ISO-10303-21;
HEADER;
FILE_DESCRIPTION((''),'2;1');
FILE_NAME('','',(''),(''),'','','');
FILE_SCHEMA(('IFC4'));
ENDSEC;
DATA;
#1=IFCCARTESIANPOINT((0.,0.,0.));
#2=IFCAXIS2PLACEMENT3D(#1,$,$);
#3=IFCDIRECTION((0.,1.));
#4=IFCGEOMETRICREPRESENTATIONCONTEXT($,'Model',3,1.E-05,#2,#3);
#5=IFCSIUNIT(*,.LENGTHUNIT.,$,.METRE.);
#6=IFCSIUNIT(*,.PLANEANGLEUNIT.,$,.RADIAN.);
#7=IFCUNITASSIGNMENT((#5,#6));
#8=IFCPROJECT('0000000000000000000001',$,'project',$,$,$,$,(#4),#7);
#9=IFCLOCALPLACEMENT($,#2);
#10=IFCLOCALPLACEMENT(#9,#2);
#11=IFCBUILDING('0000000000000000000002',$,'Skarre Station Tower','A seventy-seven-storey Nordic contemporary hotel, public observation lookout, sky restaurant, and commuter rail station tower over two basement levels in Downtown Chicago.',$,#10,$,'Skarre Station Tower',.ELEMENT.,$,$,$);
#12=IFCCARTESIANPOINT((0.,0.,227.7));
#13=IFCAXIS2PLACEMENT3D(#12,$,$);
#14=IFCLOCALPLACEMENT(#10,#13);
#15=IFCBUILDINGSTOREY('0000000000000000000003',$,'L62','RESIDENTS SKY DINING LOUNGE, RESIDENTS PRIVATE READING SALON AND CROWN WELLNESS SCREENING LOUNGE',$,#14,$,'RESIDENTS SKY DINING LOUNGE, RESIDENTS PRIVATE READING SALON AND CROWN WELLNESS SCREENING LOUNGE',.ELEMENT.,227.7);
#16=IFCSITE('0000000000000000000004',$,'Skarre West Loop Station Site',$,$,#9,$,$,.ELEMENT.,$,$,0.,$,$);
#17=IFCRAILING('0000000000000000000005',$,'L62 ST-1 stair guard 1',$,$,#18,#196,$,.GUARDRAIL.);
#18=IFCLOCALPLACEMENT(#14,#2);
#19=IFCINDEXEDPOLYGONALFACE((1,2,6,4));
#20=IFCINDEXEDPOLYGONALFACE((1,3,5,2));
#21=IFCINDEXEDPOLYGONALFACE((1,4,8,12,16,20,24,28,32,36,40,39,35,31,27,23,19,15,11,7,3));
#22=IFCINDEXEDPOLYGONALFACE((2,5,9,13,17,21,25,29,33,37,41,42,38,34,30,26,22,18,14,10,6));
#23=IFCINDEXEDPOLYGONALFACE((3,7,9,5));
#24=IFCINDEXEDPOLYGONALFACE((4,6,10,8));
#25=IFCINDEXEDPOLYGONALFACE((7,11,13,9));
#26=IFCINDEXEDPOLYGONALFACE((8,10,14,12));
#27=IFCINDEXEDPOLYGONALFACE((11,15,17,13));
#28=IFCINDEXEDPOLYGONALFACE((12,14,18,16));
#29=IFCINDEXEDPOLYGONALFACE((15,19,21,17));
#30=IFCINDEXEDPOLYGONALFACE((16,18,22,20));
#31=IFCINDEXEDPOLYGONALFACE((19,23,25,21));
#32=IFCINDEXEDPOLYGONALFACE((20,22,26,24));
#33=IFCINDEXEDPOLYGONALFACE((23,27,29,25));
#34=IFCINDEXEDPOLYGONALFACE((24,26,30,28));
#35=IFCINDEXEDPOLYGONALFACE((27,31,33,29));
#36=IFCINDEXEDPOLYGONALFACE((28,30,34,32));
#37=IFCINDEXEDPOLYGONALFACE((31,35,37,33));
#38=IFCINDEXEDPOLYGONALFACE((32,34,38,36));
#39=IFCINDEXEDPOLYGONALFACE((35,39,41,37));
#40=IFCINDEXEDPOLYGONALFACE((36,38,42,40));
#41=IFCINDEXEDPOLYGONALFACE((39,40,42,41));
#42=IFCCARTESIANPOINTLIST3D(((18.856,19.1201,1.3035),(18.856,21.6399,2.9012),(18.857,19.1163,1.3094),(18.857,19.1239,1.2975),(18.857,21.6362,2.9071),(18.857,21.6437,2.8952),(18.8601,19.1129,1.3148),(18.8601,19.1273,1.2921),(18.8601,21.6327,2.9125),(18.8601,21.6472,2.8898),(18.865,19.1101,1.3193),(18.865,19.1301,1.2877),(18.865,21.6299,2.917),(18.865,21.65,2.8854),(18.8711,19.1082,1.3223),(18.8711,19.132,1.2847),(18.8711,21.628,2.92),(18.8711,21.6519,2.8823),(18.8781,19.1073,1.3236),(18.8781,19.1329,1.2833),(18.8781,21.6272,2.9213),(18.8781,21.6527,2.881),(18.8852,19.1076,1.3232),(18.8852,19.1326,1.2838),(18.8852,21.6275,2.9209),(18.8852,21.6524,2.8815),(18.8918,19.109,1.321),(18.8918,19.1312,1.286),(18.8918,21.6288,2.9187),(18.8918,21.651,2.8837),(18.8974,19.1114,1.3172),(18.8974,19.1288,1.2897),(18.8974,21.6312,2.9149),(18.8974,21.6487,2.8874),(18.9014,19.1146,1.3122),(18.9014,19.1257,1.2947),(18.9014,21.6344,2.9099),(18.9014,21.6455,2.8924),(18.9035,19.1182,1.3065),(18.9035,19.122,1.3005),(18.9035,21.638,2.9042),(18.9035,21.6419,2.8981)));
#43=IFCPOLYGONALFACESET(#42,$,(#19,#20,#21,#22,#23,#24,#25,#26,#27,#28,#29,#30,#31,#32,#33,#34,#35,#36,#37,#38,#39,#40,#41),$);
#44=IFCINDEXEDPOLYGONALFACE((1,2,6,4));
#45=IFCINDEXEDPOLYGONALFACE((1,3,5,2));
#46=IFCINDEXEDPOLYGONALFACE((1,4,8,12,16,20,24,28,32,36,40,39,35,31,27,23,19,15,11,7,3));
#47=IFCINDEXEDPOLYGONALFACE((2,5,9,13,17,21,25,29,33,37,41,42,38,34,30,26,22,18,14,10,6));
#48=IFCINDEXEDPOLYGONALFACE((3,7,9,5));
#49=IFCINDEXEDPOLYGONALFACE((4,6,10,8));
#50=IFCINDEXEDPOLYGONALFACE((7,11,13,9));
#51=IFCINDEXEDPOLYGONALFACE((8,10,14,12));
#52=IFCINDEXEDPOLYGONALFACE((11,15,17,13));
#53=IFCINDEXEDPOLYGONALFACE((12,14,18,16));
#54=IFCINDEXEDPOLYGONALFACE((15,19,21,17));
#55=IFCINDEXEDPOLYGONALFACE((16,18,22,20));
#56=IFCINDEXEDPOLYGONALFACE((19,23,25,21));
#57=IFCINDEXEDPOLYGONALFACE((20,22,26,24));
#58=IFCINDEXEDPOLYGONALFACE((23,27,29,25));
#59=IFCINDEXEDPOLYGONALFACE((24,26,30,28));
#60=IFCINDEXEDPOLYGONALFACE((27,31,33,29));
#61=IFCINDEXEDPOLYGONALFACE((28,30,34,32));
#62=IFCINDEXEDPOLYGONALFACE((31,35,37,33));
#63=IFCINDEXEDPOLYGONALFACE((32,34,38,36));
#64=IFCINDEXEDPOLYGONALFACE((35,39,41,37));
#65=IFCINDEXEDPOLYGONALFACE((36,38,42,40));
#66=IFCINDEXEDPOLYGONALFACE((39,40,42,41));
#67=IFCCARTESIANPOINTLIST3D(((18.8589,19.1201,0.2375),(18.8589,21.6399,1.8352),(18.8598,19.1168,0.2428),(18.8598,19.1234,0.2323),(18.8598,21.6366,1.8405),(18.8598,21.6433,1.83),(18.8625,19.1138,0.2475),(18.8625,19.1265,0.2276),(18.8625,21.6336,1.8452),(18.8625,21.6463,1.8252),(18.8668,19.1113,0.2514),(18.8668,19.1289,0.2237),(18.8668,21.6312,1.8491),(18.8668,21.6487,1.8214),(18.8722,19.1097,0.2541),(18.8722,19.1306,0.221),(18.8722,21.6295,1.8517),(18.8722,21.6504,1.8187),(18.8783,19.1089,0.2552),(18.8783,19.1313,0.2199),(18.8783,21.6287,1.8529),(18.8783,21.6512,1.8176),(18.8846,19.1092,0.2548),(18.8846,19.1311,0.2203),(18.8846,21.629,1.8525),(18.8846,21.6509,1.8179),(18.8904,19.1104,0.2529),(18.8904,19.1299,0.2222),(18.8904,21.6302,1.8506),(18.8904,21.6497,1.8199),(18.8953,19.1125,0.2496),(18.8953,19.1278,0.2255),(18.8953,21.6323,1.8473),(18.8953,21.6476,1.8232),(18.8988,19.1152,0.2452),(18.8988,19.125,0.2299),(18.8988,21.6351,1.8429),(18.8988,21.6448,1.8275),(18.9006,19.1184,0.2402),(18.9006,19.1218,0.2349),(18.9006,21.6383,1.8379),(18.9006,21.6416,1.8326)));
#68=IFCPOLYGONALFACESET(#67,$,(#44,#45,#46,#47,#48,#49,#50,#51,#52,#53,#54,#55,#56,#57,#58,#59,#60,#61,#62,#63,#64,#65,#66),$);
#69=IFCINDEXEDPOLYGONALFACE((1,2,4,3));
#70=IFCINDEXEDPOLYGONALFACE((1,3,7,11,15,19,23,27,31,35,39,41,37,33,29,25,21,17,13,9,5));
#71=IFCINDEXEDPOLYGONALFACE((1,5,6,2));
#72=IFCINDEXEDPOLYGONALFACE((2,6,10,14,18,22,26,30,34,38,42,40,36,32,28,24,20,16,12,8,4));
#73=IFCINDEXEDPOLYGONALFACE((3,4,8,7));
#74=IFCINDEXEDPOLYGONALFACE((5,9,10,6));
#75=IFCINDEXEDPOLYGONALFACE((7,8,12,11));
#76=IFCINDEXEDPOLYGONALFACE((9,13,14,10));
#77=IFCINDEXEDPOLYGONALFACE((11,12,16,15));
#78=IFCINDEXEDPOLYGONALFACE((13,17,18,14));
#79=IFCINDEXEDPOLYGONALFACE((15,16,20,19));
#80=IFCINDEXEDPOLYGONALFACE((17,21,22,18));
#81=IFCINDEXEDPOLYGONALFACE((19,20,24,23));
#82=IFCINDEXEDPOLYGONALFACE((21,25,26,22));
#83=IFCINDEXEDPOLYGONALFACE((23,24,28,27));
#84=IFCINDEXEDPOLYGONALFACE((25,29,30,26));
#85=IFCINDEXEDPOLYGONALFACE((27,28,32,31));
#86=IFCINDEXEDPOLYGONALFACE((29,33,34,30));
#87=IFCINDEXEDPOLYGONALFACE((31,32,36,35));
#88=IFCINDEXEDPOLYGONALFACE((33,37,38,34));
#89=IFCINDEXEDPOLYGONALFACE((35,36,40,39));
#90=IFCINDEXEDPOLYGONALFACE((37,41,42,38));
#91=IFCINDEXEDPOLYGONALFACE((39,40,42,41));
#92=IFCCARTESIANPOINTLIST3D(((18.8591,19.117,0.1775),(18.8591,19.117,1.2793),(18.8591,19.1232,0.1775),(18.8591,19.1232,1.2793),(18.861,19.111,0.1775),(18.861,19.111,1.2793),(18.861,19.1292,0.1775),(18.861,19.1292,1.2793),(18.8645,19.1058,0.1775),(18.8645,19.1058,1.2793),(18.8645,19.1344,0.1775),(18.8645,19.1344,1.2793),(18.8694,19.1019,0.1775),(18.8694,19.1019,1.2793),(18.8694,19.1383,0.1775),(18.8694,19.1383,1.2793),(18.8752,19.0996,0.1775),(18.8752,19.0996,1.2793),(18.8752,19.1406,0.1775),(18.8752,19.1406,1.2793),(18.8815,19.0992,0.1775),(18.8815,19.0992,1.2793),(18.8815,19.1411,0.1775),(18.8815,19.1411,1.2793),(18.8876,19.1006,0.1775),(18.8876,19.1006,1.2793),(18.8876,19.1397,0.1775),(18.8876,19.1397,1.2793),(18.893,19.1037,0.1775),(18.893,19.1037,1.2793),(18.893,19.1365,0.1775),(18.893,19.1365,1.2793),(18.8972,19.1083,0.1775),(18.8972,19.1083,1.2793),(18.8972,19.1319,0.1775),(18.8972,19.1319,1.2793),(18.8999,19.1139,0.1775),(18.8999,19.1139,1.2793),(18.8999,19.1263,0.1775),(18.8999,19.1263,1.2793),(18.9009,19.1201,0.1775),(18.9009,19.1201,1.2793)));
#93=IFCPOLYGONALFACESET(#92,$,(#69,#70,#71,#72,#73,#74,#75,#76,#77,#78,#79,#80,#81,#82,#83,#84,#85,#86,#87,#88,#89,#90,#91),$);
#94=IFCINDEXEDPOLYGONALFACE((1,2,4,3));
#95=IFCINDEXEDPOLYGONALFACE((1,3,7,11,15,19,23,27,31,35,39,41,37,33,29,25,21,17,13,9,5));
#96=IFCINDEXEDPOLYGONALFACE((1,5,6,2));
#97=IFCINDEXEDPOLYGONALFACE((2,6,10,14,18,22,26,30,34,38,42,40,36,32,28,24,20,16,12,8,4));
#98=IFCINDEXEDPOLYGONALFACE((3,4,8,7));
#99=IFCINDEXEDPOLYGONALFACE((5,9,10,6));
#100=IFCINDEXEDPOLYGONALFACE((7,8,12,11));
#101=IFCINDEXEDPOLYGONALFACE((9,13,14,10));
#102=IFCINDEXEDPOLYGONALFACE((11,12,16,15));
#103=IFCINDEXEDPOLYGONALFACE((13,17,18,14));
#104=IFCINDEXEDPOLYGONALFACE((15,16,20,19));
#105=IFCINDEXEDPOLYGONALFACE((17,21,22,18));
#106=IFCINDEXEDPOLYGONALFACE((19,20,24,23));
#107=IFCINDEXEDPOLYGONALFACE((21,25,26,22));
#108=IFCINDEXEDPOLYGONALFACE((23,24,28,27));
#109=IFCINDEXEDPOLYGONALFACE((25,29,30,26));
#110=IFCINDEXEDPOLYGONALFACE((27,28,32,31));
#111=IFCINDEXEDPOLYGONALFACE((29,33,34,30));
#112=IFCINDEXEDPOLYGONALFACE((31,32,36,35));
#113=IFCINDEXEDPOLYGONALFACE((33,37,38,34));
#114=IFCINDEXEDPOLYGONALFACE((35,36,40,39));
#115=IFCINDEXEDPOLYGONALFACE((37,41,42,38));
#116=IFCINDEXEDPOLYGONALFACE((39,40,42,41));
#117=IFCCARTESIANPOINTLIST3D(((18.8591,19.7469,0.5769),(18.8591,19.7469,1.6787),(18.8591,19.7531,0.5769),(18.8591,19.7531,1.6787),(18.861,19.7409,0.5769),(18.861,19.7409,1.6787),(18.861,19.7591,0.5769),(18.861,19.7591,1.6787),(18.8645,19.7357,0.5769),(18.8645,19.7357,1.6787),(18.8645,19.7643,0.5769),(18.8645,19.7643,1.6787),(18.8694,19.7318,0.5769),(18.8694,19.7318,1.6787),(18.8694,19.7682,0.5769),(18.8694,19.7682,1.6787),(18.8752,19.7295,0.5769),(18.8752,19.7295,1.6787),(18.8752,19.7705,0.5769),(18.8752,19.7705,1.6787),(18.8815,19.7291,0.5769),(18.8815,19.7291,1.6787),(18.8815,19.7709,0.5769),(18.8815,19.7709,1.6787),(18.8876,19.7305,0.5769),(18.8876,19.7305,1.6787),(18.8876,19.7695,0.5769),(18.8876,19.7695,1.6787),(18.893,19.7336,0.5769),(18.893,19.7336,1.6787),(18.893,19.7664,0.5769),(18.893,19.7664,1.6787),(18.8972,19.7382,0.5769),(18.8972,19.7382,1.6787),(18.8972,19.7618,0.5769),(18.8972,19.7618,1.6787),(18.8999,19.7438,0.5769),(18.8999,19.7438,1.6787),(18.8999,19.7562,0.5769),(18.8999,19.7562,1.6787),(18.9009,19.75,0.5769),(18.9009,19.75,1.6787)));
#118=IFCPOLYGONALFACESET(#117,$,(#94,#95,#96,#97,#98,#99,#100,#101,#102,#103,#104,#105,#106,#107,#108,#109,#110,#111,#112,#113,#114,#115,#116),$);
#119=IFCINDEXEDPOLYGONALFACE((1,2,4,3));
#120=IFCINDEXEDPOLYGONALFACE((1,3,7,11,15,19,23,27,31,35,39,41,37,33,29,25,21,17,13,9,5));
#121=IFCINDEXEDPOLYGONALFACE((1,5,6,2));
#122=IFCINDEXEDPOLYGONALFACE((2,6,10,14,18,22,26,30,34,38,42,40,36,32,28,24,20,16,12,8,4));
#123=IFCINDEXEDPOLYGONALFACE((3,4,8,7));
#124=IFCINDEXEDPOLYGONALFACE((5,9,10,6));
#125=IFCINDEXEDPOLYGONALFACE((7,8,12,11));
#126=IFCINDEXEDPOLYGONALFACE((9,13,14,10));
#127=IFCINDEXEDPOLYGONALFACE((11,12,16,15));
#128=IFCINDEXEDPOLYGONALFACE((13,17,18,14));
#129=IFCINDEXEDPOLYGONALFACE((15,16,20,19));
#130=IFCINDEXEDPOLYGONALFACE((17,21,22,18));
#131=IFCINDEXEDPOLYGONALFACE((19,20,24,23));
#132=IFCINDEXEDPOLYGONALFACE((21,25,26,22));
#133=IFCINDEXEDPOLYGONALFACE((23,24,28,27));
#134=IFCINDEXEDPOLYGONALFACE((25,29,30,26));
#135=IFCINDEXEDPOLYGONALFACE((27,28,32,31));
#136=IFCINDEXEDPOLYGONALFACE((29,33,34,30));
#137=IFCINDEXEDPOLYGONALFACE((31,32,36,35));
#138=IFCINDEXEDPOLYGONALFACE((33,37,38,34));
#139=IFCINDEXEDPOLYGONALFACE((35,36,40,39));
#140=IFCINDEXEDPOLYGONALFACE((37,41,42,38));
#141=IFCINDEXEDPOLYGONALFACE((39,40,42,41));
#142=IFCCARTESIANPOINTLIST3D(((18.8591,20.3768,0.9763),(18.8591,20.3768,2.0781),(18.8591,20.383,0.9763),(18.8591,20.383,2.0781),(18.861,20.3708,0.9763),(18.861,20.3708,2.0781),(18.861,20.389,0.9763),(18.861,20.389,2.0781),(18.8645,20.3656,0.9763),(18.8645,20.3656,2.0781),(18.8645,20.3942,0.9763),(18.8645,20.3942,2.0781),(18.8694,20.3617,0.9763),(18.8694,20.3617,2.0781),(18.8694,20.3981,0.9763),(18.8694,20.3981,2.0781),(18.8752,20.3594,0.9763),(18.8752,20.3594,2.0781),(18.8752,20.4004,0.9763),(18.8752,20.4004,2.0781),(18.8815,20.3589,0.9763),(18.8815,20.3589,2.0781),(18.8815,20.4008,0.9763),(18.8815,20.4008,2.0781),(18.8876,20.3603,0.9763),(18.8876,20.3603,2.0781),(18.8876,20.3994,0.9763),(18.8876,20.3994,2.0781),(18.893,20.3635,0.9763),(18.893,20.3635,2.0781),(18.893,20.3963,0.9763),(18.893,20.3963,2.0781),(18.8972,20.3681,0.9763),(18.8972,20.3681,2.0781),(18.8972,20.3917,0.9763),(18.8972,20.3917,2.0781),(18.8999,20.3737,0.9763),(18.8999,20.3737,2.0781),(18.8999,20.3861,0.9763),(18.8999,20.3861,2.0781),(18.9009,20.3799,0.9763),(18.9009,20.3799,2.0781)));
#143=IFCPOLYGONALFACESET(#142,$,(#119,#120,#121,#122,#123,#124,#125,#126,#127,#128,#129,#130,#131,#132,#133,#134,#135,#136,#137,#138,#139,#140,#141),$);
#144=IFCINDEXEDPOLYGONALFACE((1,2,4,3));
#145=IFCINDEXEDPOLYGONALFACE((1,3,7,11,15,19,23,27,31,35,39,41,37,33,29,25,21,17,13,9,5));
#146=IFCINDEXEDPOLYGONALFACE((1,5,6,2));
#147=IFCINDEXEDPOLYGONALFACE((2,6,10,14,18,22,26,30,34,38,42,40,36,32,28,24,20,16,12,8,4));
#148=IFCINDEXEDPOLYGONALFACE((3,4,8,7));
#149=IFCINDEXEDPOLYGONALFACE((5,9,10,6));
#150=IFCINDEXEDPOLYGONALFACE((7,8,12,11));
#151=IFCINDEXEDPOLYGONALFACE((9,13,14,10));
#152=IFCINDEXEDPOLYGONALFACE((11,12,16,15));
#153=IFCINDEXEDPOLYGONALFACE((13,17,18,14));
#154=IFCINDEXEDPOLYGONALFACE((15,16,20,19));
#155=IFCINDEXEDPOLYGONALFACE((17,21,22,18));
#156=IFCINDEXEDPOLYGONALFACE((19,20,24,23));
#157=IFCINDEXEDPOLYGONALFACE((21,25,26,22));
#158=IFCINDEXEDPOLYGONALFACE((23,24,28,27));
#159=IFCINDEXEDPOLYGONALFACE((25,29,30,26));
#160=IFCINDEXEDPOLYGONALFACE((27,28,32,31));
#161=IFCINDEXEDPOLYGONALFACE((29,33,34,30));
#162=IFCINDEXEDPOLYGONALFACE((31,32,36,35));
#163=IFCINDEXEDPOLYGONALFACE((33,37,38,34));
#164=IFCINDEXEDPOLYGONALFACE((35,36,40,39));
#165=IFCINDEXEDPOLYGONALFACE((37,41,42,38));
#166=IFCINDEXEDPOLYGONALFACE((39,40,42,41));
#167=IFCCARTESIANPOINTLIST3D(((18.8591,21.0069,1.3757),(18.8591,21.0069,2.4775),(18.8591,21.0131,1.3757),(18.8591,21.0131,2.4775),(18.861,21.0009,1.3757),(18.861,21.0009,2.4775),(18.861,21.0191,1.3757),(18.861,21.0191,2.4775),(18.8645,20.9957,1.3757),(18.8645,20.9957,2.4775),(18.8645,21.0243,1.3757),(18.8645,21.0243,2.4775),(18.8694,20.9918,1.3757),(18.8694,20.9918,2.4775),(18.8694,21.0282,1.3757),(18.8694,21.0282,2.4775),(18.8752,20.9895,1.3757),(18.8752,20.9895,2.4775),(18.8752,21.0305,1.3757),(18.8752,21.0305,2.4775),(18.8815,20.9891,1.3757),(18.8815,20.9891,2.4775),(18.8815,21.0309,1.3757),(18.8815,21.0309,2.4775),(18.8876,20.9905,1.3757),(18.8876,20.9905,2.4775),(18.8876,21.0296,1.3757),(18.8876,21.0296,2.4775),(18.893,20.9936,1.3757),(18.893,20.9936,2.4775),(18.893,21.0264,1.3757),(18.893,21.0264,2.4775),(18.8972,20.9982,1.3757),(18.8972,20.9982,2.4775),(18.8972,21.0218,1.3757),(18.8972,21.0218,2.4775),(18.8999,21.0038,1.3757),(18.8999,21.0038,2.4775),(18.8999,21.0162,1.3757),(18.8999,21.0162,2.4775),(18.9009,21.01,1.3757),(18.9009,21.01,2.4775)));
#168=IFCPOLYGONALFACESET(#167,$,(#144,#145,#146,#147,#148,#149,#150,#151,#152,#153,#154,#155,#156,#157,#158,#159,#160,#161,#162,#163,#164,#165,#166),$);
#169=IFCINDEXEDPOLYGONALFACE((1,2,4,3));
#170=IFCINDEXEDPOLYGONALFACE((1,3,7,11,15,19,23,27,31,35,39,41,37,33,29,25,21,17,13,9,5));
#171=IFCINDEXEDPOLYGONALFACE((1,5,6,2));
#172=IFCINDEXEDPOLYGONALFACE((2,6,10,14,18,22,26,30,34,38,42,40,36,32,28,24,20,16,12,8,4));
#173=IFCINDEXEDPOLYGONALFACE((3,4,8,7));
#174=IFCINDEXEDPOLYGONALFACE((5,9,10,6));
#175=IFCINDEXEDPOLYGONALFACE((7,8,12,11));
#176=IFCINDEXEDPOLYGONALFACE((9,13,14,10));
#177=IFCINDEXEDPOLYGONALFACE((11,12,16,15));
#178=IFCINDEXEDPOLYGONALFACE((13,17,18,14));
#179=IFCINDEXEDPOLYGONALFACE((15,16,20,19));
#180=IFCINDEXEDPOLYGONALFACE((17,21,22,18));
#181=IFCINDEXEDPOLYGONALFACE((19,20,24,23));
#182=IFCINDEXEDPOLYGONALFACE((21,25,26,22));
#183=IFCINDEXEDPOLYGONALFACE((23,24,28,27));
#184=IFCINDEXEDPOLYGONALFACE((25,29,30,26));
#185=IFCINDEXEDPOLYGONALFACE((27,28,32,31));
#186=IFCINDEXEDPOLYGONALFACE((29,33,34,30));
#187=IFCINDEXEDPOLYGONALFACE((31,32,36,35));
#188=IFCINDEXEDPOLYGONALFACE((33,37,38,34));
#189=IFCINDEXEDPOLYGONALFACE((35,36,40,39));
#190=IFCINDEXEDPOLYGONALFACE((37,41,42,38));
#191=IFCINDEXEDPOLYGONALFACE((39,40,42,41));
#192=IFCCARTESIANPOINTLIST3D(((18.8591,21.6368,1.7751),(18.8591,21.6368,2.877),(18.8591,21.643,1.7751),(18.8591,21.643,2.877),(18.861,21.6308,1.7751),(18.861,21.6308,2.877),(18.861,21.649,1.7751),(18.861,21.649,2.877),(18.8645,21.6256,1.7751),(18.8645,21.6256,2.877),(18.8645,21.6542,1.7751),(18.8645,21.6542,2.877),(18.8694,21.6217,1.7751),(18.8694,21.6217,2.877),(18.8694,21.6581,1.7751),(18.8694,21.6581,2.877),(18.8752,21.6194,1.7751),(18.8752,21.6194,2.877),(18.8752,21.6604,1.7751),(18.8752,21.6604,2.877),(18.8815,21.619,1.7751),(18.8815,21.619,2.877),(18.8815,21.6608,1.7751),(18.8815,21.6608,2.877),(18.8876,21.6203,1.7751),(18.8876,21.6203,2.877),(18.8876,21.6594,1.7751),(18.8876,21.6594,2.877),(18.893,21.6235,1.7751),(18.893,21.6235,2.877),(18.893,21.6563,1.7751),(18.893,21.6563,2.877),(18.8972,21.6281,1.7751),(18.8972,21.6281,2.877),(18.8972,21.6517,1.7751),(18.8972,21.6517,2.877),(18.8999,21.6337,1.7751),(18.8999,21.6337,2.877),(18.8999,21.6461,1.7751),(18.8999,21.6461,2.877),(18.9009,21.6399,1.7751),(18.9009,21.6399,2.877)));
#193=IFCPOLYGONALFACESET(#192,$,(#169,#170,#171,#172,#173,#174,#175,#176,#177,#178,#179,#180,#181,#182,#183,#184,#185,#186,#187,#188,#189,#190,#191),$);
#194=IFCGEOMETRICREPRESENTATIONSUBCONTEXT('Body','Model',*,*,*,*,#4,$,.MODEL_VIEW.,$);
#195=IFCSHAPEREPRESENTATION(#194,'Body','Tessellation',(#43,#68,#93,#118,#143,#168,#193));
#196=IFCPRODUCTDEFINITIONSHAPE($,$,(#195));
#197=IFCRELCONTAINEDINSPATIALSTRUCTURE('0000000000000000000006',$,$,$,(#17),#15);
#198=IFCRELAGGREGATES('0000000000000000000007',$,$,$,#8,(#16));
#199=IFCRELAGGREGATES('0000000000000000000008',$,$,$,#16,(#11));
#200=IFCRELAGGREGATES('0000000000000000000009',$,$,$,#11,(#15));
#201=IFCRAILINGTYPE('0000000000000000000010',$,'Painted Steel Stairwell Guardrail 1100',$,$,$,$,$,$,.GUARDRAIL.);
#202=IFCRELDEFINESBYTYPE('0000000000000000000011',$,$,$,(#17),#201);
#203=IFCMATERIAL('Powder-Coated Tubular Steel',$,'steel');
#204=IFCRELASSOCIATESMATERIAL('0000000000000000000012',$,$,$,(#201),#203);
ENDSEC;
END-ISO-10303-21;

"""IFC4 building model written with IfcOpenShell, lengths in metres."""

from ifc_helpers import new_model, si_unit, direction, frame, origin, origin_2d, place, context, subcontext, project, spatial, circle, extrude, material, type_object, element, save


model = new_model("IFC4")

# Units and contexts
model_context = context("Model", 3, precision=1e-05, world=origin(), true_north=direction((0.0, 1.0)))
body_context = subcontext(model_context, "Body", "Model", "MODEL_VIEW")
ifc_project = project(units=[si_unit("LENGTHUNIT", "METRE"), si_unit("PLANEANGLEUNIT", "RADIAN")], contexts=[model_context])

# Site, building, storey
site_placement = place(None, origin())
site = spatial("IfcSite", under=ifc_project, at=site_placement, Name="Skarre West Loop Station Site", CompositionType="ELEMENT", RefElevation=0.0)
building_placement = place(site_placement, origin())
building = spatial("IfcBuilding", under=site, at=building_placement, Name="Skarre Station Tower", Description="A seventy-seven-storey Nordic contemporary hotel, public observation lookout, sky restaurant, and commuter rail station tower over two basement levels in Downtown Chicago.", LongName="Skarre Station Tower", CompositionType="ELEMENT")
storey_placement = place(building_placement, frame((0.0, 0.0, 227.7)))
storey = spatial("IfcBuildingStorey", under=building, at=storey_placement, Name="L62", Description="RESIDENTS SKY DINING LOUNGE, RESIDENTS PRIVATE READING SALON AND CROWN WELLNESS SCREENING LOUNGE", LongName="RESIDENTS SKY DINING LOUNGE, RESIDENTS PRIVATE READING SALON AND CROWN WELLNESS SCREENING LOUNGE", CompositionType="ELEMENT", Elevation=227.7)

# Railing
ifc_material_1 = material(Name="Powder-Coated Tubular Steel", Category="steel")
railing_type_1 = type_object("IfcRailingType", Name="Painted Steel Stairwell Guardrail 1100", PredefinedType="GUARDRAIL", material=ifc_material_1)
railing_1_placement = place(storey_placement, frame((18.8799, 19.1201, 0.1775)))
element("IfcRailing", 1, at=railing_1_placement, inside=storey, type_object=railing_type_1, Name="L62 ST-1 stair guard 1", PredefinedType="GUARDRAIL", context=body_context, shape_type="SweptSolid", body=[
    extrude(circle(Radius=0.0239, at=origin_2d()), frame((0.0, 0.0, 1.126), z_axis=(0.0, 0.844546, 0.535482), x_axis=(-1.0, 0.0, 0.0)), (0.0, 0.0, 1.0), 2.9836),
    extrude(circle(Radius=0.021, at=origin_2d()), frame((0.0, 0.0, 0.0601), z_axis=(0.0, 0.844546, 0.535482), x_axis=(-1.0, 0.0, 0.0)), (0.0, 0.0, 1.0), 2.9836),
    extrude(circle(Radius=0.021, at=origin_2d()), origin(), (0.0, 0.0, 1.0), 1.1018),
    extrude(circle(Radius=0.021, at=origin_2d()), frame((0.0, 0.6299, 0.3994)), (0.0, 0.0, 1.0), 1.1018),
    extrude(circle(Radius=0.021, at=origin_2d()), frame((0.0, 1.2598, 0.7988)), (0.0, 0.0, 1.0), 1.1018),
    extrude(circle(Radius=0.021, at=origin_2d()), frame((0.0, 1.8899, 1.1982)), (0.0, 0.0, 1.0), 1.1018),
    extrude(circle(Radius=0.021, at=origin_2d()), frame((0.0, 2.5198, 1.5977)), (0.0, 0.0, 1.0), 1.1018),
])

save(model, "model.ifc")
